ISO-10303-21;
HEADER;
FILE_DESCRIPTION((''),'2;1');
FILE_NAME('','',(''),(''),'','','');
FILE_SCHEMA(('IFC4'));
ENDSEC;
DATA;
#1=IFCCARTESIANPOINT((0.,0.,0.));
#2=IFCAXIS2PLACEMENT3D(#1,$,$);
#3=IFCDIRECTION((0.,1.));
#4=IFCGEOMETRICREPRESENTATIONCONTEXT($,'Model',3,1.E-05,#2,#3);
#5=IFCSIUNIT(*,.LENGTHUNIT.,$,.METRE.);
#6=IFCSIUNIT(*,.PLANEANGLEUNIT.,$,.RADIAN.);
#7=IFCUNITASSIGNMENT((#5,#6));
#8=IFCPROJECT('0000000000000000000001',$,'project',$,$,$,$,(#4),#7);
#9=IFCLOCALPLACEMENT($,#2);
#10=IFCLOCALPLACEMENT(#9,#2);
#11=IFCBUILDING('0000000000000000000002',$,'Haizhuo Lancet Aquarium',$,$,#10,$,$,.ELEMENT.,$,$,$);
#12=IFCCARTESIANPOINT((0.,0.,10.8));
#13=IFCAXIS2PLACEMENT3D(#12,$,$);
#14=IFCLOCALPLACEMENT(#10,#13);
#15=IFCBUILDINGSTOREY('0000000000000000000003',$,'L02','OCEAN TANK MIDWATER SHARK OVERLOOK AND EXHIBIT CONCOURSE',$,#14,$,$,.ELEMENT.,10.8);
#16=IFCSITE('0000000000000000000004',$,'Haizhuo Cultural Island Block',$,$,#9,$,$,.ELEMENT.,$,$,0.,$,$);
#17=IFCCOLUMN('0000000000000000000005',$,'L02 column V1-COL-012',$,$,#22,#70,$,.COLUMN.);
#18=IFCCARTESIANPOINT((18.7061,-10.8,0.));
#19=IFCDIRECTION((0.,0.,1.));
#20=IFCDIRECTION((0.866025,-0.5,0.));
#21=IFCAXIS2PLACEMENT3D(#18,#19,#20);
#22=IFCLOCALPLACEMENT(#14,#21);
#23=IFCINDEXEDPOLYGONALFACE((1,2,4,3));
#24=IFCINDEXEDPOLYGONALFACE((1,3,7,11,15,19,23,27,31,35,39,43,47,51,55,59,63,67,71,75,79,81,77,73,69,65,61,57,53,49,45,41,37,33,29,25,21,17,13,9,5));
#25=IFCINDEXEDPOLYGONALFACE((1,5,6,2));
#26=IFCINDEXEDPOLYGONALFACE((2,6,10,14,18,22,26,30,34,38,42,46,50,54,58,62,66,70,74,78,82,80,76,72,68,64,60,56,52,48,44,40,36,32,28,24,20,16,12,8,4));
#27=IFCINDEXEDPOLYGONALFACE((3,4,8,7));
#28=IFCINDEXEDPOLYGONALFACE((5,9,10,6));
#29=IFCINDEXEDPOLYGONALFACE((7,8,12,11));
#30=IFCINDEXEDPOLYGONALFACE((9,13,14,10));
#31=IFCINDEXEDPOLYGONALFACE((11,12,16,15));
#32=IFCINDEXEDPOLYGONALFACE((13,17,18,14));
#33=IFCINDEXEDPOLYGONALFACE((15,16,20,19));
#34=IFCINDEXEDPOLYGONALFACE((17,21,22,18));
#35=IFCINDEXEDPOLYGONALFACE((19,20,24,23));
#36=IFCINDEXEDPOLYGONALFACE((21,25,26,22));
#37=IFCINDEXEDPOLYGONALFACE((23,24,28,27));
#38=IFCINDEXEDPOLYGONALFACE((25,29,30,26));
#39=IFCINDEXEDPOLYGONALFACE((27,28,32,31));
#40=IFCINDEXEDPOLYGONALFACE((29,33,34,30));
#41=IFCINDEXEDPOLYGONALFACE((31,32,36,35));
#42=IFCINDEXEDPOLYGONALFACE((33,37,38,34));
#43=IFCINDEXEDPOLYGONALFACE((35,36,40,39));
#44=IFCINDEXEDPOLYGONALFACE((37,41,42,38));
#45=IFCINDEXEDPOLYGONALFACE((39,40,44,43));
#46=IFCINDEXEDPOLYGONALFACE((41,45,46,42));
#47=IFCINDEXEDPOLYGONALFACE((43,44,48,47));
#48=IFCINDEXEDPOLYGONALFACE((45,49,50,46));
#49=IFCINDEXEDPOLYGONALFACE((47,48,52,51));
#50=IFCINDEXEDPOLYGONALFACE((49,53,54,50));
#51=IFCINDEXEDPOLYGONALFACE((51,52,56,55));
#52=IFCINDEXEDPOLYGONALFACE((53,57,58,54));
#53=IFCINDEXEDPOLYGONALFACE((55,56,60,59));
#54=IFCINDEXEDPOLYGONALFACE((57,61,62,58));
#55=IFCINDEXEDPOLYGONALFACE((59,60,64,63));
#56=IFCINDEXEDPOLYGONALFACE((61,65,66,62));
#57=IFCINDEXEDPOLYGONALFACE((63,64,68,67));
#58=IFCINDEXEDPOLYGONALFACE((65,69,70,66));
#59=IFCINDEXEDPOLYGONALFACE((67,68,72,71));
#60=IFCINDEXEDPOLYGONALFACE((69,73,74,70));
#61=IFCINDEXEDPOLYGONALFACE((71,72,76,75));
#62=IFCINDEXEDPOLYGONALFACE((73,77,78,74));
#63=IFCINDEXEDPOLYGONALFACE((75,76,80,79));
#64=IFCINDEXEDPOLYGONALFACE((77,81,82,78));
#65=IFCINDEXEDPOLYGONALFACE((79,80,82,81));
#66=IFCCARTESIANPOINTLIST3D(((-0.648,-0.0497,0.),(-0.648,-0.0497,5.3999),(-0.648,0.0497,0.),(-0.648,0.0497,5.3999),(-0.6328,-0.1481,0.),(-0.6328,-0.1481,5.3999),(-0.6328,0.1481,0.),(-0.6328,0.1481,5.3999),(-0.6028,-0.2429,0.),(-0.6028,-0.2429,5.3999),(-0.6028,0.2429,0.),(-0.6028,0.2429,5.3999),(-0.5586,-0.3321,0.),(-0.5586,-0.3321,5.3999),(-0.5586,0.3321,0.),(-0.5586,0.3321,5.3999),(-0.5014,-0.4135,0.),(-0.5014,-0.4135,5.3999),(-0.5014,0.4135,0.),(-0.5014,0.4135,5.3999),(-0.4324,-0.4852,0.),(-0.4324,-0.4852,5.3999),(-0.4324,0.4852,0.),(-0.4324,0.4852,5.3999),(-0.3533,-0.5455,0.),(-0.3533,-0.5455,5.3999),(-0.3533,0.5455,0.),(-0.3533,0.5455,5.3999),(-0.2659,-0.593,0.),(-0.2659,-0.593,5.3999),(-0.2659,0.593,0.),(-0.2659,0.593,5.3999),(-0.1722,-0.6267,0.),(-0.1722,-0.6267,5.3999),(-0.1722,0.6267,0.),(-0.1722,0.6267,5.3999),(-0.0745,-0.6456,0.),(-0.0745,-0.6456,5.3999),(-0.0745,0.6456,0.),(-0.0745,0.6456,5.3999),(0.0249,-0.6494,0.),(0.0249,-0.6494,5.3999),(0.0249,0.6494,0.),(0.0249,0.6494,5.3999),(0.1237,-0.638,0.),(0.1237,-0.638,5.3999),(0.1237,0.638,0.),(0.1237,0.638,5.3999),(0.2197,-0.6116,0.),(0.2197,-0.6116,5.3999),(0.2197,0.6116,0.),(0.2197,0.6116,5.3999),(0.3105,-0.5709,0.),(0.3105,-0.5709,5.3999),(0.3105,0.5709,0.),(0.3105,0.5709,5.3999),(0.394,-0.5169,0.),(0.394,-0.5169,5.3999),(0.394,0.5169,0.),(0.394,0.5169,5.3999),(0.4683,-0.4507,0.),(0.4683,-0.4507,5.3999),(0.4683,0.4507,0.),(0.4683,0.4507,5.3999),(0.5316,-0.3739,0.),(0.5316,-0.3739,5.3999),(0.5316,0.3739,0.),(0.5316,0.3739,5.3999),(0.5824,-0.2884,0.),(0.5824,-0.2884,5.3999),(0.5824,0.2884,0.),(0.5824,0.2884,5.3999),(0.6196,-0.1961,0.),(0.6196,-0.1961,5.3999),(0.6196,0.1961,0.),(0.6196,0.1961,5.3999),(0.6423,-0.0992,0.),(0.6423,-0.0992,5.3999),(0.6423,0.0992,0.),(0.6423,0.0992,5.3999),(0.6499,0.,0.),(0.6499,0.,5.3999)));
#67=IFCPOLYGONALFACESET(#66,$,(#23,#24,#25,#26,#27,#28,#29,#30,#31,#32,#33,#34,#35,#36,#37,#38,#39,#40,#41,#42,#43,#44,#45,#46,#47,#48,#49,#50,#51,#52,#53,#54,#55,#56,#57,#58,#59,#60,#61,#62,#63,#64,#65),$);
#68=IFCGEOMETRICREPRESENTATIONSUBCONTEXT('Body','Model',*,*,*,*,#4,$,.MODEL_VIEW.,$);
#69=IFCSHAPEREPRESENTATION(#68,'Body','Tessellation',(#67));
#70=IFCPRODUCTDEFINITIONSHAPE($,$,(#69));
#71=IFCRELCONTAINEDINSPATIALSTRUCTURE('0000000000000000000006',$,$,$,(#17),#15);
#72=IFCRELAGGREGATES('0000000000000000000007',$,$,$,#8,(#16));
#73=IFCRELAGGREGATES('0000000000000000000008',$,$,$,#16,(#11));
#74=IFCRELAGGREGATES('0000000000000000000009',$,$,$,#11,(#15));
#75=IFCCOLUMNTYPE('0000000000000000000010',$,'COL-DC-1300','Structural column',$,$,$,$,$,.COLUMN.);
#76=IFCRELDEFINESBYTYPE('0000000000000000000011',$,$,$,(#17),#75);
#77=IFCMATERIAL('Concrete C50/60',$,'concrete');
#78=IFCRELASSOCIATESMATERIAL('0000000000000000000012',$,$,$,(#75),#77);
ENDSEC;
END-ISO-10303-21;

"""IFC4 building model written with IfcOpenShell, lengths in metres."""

from ifc_helpers import new_model, si_unit, direction, frame, origin, origin_2d, place, context, subcontext, project, spatial, circle, extrude, material, material_profile, profile_set, type_object, element, save


model = new_model("IFC4")

# Units and contexts
model_context = context("Model", 3, precision=1e-05, world=origin(), true_north=direction((0.0, 1.0)))
body_context = subcontext(model_context, "Body", "Model", "MODEL_VIEW")
ifc_project = project(units=[si_unit("LENGTHUNIT", "METRE"), si_unit("PLANEANGLEUNIT", "RADIAN")], contexts=[model_context])

# Site, building, storey
site_placement = place(None, origin())
site = spatial("IfcSite", under=ifc_project, at=site_placement, Name="Haizhuo Cultural Island Block", CompositionType="ELEMENT", RefElevation=0.0)
building_placement = place(site_placement, origin())
building = spatial("IfcBuilding", under=site, at=building_placement, Name="Haizhuo Lancet Aquarium", CompositionType="ELEMENT")
storey_placement = place(building_placement, frame((0.0, 0.0, 10.8)))
storey = spatial("IfcBuildingStorey", under=building, at=storey_placement, Name="L02", Description="OCEAN TANK MIDWATER SHARK OVERLOOK AND EXHIBIT CONCOURSE", CompositionType="ELEMENT", Elevation=10.8)

# Column
ifc_material_1 = material(Name="Concrete C50/60", Category="concrete")
ifc_material_profile_1 = material_profile(ifc_material_1, circle(Radius=0.6499, at=origin_2d()), Name="RC-DC 1300")
ifc_profile_set_1 = profile_set([ifc_material_profile_1], Name="Concrete C50/60")
column_type = type_object("IfcColumnType", Name="COL-DC-1300", Description="Structural column", PredefinedType="COLUMN", material=ifc_profile_set_1)
column_placement = place(storey_placement, frame((18.7061, -10.8, 0.0), z_axis=(0.0, 0.0, 1.0), x_axis=(0.866025, -0.5, 0.0)))
element("IfcColumn", 1, at=column_placement, inside=storey, type_object=column_type, Name="L02 column V1-COL-012", PredefinedType="COLUMN", context=body_context, shape_type="SweptSolid", body=[
    extrude(circle(Radius=0.6499, at=origin_2d()), origin(), (0.0, 0.0, 1.0), 5.3999),
])

save(model, "model.ifc")
